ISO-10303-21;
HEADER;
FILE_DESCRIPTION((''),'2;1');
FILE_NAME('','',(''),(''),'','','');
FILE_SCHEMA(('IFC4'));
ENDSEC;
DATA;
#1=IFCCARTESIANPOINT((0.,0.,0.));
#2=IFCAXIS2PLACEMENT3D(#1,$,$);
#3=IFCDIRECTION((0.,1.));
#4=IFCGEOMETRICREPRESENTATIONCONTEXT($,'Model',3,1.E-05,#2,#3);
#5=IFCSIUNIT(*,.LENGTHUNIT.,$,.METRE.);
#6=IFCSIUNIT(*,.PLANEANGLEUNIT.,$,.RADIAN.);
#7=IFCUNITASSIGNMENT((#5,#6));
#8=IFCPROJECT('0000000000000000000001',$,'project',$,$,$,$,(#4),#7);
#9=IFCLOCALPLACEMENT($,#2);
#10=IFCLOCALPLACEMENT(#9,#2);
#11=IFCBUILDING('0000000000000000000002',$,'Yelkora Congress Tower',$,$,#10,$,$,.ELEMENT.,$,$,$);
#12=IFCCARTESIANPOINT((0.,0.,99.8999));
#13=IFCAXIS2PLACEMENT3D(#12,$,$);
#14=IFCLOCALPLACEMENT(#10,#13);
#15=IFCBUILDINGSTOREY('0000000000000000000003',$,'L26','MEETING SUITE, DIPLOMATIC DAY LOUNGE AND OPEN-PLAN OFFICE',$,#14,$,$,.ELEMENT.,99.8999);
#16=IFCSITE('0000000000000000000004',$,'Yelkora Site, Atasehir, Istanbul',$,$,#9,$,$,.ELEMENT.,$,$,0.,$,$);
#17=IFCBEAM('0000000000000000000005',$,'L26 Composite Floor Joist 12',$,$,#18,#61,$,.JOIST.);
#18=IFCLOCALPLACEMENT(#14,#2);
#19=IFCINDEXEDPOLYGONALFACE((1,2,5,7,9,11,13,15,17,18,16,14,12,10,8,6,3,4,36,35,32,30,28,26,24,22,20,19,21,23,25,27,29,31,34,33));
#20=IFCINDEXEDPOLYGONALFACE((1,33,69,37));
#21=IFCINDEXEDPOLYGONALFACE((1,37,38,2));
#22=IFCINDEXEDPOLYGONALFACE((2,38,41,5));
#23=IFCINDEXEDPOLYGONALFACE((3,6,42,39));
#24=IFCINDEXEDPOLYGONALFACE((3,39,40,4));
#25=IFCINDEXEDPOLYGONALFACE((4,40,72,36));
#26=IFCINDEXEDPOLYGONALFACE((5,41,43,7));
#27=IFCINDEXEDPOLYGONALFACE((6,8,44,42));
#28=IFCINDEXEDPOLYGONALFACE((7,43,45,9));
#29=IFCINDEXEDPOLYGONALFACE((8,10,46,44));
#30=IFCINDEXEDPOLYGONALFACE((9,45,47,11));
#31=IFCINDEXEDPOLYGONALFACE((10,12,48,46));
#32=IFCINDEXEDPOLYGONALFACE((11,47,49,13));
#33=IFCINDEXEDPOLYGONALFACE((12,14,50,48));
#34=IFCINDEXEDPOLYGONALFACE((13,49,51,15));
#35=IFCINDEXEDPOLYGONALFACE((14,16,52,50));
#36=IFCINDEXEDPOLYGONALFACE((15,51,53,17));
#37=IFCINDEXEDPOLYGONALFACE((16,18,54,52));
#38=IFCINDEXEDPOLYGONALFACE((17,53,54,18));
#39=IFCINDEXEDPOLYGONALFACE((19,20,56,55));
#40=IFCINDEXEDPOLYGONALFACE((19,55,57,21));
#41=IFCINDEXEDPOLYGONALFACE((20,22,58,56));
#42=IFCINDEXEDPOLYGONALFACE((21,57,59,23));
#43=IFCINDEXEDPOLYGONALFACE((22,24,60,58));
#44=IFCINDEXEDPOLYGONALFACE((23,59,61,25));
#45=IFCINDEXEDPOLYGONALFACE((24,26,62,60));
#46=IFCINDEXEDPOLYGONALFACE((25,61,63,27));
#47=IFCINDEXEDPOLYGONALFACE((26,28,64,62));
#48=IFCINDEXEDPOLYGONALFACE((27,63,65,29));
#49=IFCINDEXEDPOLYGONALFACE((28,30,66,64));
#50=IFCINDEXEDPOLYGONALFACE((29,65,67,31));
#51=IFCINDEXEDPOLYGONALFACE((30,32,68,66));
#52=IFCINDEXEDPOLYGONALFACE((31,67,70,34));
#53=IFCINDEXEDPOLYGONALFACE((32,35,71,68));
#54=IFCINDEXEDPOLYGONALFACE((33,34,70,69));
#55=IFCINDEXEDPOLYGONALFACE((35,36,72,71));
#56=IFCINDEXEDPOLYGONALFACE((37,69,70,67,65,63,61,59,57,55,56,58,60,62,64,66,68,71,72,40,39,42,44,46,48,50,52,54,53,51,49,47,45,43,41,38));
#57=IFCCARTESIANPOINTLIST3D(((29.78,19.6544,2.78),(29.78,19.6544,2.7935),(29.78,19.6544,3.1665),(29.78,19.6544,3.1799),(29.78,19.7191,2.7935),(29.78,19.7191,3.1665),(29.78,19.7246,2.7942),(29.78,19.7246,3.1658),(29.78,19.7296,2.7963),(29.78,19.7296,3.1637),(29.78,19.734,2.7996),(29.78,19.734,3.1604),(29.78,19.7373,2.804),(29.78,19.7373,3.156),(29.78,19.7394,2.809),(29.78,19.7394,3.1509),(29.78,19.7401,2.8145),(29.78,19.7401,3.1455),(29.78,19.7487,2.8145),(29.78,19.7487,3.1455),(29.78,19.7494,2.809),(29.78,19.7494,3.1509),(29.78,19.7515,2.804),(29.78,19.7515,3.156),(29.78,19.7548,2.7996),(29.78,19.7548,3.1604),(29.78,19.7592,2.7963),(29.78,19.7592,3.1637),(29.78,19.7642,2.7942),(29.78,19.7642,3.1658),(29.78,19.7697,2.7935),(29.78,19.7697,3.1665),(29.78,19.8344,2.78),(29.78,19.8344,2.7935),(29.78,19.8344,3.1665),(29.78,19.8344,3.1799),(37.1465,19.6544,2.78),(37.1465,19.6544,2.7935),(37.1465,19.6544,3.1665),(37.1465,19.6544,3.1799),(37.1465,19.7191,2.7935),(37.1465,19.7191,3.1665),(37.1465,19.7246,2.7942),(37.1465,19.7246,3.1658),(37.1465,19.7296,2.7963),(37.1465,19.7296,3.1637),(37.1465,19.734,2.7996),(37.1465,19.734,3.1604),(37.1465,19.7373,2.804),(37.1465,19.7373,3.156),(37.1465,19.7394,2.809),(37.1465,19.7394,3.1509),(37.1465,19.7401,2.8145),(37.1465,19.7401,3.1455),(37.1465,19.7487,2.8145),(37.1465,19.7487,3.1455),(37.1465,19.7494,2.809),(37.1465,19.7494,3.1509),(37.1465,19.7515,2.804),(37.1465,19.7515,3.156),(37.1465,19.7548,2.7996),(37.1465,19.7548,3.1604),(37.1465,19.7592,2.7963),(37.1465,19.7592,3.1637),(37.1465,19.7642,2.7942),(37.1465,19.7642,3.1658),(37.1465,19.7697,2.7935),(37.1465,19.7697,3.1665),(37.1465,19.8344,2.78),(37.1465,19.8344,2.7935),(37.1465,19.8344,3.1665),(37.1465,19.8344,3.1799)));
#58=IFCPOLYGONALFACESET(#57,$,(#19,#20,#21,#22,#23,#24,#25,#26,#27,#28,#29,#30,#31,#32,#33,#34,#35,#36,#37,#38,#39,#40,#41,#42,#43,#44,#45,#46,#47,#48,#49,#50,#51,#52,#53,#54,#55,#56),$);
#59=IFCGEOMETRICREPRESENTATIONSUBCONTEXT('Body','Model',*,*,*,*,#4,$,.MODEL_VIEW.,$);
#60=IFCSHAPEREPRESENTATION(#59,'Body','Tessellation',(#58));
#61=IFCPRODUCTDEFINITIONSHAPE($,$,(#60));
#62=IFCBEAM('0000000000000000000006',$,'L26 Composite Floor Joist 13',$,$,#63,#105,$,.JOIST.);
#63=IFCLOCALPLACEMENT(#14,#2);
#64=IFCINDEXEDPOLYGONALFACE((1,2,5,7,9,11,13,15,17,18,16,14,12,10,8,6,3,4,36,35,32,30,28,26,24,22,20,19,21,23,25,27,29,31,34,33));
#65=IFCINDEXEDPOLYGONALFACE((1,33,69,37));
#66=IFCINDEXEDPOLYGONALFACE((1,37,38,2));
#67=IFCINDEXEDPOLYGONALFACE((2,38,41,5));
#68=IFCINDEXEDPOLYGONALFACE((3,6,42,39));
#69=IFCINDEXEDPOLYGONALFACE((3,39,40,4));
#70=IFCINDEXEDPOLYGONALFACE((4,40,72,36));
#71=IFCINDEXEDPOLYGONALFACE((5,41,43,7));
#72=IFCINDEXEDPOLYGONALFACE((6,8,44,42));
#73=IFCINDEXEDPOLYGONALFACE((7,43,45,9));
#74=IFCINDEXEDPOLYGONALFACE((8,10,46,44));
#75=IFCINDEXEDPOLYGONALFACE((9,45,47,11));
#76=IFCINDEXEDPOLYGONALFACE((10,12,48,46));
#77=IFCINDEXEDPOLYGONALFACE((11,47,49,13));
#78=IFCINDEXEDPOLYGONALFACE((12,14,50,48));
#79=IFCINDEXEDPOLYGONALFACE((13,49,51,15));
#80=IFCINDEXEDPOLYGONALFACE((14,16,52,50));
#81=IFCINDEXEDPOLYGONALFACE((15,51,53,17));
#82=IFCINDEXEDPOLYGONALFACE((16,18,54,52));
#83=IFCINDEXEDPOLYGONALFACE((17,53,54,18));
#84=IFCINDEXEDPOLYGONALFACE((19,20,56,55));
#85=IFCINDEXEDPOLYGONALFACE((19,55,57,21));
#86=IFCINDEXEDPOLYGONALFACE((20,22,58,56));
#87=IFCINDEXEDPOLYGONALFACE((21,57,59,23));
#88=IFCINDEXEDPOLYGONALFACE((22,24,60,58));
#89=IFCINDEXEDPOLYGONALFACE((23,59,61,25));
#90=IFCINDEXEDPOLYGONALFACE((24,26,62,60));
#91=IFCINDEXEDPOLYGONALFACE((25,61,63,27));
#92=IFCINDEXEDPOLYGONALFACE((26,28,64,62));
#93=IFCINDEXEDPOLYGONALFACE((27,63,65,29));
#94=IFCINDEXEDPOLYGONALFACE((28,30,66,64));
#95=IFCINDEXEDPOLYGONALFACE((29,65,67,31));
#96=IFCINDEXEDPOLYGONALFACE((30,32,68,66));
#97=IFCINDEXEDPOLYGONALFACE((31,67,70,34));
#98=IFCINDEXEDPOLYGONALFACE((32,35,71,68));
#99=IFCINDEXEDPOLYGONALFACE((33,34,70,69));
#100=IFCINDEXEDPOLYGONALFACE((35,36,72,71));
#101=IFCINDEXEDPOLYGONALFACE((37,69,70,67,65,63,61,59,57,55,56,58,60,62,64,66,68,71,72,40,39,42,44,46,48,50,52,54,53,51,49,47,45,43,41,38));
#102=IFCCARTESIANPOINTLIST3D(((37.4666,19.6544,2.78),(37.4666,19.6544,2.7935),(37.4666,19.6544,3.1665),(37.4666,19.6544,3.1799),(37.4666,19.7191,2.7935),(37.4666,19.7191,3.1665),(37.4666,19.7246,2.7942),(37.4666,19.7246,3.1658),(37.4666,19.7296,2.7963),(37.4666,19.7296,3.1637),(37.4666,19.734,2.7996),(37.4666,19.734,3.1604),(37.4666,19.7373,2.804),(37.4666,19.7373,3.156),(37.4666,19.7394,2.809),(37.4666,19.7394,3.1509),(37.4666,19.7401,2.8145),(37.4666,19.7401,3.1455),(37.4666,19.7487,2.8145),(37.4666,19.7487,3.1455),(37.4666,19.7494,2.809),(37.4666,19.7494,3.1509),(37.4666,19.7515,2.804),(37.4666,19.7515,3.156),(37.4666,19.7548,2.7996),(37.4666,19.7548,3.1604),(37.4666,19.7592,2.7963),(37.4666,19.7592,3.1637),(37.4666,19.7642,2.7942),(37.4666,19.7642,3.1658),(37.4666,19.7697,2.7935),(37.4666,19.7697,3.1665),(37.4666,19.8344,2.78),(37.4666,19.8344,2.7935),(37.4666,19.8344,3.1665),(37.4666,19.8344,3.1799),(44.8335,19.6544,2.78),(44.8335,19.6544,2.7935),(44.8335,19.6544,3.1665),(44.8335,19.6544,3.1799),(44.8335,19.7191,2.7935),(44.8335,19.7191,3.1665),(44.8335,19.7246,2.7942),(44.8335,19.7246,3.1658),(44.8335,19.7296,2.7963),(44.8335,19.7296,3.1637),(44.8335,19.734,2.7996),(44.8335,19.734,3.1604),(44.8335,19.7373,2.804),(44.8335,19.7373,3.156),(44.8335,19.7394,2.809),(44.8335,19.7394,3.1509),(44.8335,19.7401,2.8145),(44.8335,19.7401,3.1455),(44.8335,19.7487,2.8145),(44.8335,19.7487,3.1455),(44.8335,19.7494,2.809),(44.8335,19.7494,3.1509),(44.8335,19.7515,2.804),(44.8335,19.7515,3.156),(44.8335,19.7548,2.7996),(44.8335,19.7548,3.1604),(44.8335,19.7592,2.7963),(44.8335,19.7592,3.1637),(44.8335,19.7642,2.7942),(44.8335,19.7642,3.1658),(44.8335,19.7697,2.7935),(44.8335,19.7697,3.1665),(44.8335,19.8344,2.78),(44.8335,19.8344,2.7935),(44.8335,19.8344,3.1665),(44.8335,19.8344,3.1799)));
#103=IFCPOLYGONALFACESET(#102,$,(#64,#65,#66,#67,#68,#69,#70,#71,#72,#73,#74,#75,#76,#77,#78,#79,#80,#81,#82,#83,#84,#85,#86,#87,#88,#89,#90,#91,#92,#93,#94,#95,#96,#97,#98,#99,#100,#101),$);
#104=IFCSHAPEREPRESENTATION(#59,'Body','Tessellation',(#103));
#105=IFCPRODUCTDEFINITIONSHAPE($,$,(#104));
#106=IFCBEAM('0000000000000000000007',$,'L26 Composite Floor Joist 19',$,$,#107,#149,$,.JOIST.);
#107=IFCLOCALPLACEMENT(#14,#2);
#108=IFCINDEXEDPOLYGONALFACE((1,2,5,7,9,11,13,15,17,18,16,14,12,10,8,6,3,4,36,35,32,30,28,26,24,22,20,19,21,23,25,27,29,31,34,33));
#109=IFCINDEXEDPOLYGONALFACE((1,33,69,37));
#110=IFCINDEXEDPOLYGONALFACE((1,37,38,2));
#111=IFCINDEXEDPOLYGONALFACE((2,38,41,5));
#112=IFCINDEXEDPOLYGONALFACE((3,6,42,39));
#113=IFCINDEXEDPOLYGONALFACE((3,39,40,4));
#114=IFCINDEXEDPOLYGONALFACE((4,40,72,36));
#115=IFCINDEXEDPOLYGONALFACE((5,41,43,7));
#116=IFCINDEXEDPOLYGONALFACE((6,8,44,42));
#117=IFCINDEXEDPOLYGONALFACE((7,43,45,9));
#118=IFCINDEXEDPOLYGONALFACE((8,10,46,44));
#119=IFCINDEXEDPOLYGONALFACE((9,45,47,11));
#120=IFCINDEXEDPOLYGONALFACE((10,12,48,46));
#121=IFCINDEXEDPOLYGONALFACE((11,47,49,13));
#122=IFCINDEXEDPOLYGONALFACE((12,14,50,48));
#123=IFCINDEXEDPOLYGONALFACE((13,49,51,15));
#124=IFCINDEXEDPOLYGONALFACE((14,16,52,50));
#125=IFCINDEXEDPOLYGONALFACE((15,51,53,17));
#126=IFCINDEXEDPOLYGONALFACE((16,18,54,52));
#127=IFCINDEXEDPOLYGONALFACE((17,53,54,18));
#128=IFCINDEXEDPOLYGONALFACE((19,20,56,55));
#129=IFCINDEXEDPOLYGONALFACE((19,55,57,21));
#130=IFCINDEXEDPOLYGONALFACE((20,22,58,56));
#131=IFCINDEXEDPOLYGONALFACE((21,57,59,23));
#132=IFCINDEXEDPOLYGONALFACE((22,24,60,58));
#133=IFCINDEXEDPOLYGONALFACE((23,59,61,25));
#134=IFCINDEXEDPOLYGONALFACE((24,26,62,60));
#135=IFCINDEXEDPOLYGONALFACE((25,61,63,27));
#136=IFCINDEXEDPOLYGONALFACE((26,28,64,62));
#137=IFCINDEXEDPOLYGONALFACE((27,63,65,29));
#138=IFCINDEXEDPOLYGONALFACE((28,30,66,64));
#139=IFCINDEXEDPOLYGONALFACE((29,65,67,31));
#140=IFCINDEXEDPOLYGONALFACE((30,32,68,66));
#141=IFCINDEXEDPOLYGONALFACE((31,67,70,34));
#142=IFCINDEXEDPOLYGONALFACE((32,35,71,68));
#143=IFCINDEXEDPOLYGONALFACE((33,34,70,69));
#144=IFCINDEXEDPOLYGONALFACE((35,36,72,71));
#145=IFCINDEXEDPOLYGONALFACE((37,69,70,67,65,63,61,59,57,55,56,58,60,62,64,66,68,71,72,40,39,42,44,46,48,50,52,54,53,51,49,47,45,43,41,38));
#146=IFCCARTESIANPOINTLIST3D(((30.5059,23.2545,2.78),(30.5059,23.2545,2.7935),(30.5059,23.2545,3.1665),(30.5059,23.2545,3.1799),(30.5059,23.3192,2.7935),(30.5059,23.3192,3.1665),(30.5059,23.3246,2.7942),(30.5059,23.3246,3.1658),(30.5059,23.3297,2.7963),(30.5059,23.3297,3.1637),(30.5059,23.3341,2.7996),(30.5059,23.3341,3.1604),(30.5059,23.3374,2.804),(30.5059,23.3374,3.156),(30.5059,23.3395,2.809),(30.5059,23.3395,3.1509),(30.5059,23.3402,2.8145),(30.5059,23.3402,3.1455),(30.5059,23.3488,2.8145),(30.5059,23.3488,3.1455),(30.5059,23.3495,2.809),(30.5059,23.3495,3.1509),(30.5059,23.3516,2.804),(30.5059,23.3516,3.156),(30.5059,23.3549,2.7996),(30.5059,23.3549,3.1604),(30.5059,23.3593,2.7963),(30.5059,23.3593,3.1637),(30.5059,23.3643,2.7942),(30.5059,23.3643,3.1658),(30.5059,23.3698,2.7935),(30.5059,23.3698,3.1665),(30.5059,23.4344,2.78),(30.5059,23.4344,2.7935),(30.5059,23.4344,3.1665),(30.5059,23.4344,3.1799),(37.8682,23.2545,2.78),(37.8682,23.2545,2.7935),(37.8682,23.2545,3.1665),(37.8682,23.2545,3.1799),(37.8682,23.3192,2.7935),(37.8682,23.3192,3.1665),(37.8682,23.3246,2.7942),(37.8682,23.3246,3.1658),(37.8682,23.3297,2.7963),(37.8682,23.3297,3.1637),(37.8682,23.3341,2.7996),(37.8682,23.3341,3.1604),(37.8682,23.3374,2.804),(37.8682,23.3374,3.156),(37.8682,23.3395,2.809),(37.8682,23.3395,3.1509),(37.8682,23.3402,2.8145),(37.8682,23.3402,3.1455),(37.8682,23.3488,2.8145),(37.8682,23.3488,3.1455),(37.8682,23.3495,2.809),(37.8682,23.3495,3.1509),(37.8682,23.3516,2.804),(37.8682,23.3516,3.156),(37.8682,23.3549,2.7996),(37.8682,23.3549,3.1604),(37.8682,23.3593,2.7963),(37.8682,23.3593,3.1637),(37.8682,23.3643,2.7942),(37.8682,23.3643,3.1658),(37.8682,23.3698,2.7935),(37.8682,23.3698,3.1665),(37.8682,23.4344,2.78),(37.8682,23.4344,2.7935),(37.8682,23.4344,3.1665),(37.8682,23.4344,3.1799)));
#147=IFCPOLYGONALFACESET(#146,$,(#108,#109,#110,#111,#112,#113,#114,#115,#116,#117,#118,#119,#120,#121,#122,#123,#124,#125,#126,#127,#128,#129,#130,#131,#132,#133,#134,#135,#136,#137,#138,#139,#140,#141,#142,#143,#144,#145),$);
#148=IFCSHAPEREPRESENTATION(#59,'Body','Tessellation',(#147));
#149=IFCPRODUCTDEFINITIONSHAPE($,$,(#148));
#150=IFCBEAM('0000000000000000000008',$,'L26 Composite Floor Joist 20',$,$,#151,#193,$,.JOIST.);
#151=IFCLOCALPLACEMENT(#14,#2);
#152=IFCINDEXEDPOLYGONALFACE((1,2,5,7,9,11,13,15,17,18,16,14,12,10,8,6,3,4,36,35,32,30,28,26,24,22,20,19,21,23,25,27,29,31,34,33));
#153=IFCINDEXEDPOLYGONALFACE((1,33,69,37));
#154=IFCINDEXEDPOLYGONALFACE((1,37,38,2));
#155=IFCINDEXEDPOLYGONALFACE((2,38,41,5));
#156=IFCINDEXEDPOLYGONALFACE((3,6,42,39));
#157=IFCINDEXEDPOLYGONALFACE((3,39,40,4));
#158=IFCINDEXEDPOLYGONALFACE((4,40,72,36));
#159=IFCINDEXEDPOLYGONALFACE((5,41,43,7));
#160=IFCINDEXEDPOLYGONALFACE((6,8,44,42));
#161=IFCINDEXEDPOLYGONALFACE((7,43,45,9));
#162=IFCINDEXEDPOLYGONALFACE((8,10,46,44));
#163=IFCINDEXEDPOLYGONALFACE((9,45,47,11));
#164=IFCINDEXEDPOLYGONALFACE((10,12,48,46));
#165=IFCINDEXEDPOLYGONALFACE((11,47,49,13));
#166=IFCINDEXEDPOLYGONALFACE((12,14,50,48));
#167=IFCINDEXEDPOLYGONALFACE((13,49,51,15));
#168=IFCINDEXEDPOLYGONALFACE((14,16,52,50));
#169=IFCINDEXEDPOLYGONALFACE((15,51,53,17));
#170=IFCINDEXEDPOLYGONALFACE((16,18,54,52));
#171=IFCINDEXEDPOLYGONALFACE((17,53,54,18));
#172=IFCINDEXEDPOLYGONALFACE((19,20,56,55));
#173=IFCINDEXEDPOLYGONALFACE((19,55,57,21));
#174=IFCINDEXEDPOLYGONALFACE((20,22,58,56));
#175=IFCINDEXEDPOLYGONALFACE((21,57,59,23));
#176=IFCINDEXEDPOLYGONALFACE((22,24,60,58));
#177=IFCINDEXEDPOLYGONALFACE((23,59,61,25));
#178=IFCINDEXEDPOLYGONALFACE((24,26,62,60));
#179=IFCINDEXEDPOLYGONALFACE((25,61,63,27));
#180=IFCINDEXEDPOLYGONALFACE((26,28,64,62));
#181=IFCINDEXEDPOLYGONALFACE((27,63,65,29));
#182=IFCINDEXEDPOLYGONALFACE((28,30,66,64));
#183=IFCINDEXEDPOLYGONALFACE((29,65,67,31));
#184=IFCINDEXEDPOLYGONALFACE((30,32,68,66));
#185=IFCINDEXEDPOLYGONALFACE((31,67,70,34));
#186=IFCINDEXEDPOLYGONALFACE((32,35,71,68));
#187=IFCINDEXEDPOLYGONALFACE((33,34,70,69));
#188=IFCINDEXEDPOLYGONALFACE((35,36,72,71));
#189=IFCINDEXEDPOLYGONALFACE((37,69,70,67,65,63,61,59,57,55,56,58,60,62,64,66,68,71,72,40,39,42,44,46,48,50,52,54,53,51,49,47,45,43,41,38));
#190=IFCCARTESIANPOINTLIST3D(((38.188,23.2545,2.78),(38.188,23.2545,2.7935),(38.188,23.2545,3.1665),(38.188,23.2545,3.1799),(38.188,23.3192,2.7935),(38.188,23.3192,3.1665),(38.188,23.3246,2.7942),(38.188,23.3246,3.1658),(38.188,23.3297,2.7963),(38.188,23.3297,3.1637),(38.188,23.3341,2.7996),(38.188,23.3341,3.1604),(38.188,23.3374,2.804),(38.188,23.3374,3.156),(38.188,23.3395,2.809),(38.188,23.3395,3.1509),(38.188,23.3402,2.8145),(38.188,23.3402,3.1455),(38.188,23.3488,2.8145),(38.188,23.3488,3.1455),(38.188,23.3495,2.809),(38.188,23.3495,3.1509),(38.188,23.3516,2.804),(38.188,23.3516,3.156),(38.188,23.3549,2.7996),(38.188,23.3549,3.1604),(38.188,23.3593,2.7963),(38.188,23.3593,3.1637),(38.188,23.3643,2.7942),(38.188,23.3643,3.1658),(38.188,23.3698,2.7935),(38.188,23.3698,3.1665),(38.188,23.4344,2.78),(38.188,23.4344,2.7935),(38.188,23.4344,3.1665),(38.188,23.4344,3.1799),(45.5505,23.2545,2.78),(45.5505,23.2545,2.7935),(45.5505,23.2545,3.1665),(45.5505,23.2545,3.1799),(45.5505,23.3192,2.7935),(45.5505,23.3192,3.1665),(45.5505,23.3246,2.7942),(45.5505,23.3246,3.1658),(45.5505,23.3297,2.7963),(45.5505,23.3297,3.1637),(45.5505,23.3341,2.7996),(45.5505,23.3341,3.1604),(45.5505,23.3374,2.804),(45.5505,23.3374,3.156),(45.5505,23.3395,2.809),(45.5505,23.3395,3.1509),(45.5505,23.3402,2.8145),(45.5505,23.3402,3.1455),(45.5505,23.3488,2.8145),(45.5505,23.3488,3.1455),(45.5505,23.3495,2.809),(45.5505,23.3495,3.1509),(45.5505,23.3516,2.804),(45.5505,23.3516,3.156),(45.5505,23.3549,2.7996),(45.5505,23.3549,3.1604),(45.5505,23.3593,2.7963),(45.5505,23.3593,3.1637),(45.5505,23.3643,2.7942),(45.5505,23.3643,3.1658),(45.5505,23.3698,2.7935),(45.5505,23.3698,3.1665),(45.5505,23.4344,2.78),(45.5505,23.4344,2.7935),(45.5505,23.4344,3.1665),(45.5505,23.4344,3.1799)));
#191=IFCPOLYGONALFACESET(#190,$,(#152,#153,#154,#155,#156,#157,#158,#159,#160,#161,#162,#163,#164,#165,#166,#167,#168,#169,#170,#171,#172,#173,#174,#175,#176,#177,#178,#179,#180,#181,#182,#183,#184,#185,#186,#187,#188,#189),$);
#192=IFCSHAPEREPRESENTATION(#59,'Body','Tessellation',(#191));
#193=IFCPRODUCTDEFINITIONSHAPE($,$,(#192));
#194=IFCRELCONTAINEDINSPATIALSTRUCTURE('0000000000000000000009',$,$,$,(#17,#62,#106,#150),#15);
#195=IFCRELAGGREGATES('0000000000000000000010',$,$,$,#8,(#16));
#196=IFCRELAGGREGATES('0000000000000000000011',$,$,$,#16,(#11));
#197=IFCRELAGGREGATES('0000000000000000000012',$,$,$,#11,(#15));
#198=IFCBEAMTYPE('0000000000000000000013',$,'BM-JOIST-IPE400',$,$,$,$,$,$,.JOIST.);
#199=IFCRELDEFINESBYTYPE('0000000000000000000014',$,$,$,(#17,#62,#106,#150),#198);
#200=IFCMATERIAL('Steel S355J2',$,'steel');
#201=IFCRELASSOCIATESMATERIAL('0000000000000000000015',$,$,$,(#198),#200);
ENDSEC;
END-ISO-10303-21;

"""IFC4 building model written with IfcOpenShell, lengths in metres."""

from ifc_helpers import new_model, si_unit, direction, frame, origin, origin_2d, place, context, subcontext, project, spatial, i_section, extrude, material, material_profile, profile_set, type_object, element, save


model = new_model("IFC4")

# Units and contexts
model_context = context("Model", 3, precision=1e-05, world=origin(), true_north=direction((0.0, 1.0)))
body_context = subcontext(model_context, "Body", "Model", "MODEL_VIEW")
ifc_project = project(units=[si_unit("LENGTHUNIT", "METRE"), si_unit("PLANEANGLEUNIT", "RADIAN")], contexts=[model_context])

# Site, building, storey
site_placement = place(None, origin())
site = spatial("IfcSite", under=ifc_project, at=site_placement, Name="Yelkora Site, Atasehir, Istanbul", CompositionType="ELEMENT", RefElevation=0.0)
building_placement = place(site_placement, origin())
building = spatial("IfcBuilding", under=site, at=building_placement, Name="Yelkora Congress Tower", CompositionType="ELEMENT")
storey_placement = place(building_placement, frame((0.0, 0.0, 99.8999)))
storey = spatial("IfcBuildingStorey", under=building, at=storey_placement, Name="L26", Description="MEETING SUITE, DIPLOMATIC DAY LOUNGE AND OPEN-PLAN OFFICE", CompositionType="ELEMENT", Elevation=99.8999)

# Beams
ifc_material_1 = material(Name="Steel S355J2", Category="steel")
ifc_material_profile_1 = material_profile(ifc_material_1, i_section(OverallWidth=0.1799, OverallDepth=0.3999, WebThickness=0.0085, FlangeThickness=0.0134, FilletRadius=0.021, at=origin_2d()), Name="IPE 400")
ifc_profile_set_1 = profile_set([ifc_material_profile_1], Name="Steel S355J2")
beam_type_1 = type_object("IfcBeamType", Name="BM-JOIST-IPE400", PredefinedType="JOIST", material=ifc_profile_set_1)
beam_1_placement = place(storey_placement, frame((29.78, 19.7444, 2.98), z_axis=(1.0, 0.0, 0.0), x_axis=(0.0, 1.0, 0.0)))
element("IfcBeam", 1, at=beam_1_placement, inside=storey, type_object=beam_type_1, Name="L26 Composite Floor Joist 12", PredefinedType="JOIST", context=body_context, shape_type="SweptSolid", body=[
    extrude(i_section(OverallWidth=0.1799, OverallDepth=0.3999, WebThickness=0.0085, FlangeThickness=0.0134, FilletRadius=0.021, at=origin_2d()), origin(), (0.0, 0.0, 1.0), 7.3665),
])
beam_2_placement = place(storey_placement, frame((37.4666, 19.7444, 2.98), z_axis=(1.0, 0.0, 0.0), x_axis=(0.0, 1.0, 0.0)))
element("IfcBeam", 2, at=beam_2_placement, inside=storey, type_object=beam_type_1, Name="L26 Composite Floor Joist 13", PredefinedType="JOIST", context=body_context, shape_type="SweptSolid", body=[
    extrude(i_section(OverallWidth=0.1799, OverallDepth=0.3999, WebThickness=0.0085, FlangeThickness=0.0134, FilletRadius=0.021, at=origin_2d()), origin(), (0.0, 0.0, 1.0), 7.3669),
])
beam_3_placement = place(storey_placement, frame((30.5059, 23.3445, 2.98), z_axis=(1.0, 0.0, 0.0), x_axis=(0.0, 1.0, 0.0)))
element("IfcBeam", 3, at=beam_3_placement, inside=storey, type_object=beam_type_1, Name="L26 Composite Floor Joist 19", PredefinedType="JOIST", context=body_context, shape_type="SweptSolid", body=[
    extrude(i_section(OverallWidth=0.1799, OverallDepth=0.3999, WebThickness=0.0085, FlangeThickness=0.0134, FilletRadius=0.021, at=origin_2d()), origin(), (0.0, 0.0, 1.0), 7.3623),
])
beam_4_placement = place(storey_placement, frame((38.188, 23.3445, 2.98), z_axis=(1.0, 0.0, 0.0), x_axis=(0.0, 1.0, 0.0)))
element("IfcBeam", 4, at=beam_4_placement, inside=storey, type_object=beam_type_1, Name="L26 Composite Floor Joist 20", PredefinedType="JOIST", context=body_context, shape_type="SweptSolid", body=[
    extrude(i_section(OverallWidth=0.1799, OverallDepth=0.3999, WebThickness=0.0085, FlangeThickness=0.0134, FilletRadius=0.021, at=origin_2d()), origin(), (0.0, 0.0, 1.0), 7.3625),
])

save(model, "model.ifc")
